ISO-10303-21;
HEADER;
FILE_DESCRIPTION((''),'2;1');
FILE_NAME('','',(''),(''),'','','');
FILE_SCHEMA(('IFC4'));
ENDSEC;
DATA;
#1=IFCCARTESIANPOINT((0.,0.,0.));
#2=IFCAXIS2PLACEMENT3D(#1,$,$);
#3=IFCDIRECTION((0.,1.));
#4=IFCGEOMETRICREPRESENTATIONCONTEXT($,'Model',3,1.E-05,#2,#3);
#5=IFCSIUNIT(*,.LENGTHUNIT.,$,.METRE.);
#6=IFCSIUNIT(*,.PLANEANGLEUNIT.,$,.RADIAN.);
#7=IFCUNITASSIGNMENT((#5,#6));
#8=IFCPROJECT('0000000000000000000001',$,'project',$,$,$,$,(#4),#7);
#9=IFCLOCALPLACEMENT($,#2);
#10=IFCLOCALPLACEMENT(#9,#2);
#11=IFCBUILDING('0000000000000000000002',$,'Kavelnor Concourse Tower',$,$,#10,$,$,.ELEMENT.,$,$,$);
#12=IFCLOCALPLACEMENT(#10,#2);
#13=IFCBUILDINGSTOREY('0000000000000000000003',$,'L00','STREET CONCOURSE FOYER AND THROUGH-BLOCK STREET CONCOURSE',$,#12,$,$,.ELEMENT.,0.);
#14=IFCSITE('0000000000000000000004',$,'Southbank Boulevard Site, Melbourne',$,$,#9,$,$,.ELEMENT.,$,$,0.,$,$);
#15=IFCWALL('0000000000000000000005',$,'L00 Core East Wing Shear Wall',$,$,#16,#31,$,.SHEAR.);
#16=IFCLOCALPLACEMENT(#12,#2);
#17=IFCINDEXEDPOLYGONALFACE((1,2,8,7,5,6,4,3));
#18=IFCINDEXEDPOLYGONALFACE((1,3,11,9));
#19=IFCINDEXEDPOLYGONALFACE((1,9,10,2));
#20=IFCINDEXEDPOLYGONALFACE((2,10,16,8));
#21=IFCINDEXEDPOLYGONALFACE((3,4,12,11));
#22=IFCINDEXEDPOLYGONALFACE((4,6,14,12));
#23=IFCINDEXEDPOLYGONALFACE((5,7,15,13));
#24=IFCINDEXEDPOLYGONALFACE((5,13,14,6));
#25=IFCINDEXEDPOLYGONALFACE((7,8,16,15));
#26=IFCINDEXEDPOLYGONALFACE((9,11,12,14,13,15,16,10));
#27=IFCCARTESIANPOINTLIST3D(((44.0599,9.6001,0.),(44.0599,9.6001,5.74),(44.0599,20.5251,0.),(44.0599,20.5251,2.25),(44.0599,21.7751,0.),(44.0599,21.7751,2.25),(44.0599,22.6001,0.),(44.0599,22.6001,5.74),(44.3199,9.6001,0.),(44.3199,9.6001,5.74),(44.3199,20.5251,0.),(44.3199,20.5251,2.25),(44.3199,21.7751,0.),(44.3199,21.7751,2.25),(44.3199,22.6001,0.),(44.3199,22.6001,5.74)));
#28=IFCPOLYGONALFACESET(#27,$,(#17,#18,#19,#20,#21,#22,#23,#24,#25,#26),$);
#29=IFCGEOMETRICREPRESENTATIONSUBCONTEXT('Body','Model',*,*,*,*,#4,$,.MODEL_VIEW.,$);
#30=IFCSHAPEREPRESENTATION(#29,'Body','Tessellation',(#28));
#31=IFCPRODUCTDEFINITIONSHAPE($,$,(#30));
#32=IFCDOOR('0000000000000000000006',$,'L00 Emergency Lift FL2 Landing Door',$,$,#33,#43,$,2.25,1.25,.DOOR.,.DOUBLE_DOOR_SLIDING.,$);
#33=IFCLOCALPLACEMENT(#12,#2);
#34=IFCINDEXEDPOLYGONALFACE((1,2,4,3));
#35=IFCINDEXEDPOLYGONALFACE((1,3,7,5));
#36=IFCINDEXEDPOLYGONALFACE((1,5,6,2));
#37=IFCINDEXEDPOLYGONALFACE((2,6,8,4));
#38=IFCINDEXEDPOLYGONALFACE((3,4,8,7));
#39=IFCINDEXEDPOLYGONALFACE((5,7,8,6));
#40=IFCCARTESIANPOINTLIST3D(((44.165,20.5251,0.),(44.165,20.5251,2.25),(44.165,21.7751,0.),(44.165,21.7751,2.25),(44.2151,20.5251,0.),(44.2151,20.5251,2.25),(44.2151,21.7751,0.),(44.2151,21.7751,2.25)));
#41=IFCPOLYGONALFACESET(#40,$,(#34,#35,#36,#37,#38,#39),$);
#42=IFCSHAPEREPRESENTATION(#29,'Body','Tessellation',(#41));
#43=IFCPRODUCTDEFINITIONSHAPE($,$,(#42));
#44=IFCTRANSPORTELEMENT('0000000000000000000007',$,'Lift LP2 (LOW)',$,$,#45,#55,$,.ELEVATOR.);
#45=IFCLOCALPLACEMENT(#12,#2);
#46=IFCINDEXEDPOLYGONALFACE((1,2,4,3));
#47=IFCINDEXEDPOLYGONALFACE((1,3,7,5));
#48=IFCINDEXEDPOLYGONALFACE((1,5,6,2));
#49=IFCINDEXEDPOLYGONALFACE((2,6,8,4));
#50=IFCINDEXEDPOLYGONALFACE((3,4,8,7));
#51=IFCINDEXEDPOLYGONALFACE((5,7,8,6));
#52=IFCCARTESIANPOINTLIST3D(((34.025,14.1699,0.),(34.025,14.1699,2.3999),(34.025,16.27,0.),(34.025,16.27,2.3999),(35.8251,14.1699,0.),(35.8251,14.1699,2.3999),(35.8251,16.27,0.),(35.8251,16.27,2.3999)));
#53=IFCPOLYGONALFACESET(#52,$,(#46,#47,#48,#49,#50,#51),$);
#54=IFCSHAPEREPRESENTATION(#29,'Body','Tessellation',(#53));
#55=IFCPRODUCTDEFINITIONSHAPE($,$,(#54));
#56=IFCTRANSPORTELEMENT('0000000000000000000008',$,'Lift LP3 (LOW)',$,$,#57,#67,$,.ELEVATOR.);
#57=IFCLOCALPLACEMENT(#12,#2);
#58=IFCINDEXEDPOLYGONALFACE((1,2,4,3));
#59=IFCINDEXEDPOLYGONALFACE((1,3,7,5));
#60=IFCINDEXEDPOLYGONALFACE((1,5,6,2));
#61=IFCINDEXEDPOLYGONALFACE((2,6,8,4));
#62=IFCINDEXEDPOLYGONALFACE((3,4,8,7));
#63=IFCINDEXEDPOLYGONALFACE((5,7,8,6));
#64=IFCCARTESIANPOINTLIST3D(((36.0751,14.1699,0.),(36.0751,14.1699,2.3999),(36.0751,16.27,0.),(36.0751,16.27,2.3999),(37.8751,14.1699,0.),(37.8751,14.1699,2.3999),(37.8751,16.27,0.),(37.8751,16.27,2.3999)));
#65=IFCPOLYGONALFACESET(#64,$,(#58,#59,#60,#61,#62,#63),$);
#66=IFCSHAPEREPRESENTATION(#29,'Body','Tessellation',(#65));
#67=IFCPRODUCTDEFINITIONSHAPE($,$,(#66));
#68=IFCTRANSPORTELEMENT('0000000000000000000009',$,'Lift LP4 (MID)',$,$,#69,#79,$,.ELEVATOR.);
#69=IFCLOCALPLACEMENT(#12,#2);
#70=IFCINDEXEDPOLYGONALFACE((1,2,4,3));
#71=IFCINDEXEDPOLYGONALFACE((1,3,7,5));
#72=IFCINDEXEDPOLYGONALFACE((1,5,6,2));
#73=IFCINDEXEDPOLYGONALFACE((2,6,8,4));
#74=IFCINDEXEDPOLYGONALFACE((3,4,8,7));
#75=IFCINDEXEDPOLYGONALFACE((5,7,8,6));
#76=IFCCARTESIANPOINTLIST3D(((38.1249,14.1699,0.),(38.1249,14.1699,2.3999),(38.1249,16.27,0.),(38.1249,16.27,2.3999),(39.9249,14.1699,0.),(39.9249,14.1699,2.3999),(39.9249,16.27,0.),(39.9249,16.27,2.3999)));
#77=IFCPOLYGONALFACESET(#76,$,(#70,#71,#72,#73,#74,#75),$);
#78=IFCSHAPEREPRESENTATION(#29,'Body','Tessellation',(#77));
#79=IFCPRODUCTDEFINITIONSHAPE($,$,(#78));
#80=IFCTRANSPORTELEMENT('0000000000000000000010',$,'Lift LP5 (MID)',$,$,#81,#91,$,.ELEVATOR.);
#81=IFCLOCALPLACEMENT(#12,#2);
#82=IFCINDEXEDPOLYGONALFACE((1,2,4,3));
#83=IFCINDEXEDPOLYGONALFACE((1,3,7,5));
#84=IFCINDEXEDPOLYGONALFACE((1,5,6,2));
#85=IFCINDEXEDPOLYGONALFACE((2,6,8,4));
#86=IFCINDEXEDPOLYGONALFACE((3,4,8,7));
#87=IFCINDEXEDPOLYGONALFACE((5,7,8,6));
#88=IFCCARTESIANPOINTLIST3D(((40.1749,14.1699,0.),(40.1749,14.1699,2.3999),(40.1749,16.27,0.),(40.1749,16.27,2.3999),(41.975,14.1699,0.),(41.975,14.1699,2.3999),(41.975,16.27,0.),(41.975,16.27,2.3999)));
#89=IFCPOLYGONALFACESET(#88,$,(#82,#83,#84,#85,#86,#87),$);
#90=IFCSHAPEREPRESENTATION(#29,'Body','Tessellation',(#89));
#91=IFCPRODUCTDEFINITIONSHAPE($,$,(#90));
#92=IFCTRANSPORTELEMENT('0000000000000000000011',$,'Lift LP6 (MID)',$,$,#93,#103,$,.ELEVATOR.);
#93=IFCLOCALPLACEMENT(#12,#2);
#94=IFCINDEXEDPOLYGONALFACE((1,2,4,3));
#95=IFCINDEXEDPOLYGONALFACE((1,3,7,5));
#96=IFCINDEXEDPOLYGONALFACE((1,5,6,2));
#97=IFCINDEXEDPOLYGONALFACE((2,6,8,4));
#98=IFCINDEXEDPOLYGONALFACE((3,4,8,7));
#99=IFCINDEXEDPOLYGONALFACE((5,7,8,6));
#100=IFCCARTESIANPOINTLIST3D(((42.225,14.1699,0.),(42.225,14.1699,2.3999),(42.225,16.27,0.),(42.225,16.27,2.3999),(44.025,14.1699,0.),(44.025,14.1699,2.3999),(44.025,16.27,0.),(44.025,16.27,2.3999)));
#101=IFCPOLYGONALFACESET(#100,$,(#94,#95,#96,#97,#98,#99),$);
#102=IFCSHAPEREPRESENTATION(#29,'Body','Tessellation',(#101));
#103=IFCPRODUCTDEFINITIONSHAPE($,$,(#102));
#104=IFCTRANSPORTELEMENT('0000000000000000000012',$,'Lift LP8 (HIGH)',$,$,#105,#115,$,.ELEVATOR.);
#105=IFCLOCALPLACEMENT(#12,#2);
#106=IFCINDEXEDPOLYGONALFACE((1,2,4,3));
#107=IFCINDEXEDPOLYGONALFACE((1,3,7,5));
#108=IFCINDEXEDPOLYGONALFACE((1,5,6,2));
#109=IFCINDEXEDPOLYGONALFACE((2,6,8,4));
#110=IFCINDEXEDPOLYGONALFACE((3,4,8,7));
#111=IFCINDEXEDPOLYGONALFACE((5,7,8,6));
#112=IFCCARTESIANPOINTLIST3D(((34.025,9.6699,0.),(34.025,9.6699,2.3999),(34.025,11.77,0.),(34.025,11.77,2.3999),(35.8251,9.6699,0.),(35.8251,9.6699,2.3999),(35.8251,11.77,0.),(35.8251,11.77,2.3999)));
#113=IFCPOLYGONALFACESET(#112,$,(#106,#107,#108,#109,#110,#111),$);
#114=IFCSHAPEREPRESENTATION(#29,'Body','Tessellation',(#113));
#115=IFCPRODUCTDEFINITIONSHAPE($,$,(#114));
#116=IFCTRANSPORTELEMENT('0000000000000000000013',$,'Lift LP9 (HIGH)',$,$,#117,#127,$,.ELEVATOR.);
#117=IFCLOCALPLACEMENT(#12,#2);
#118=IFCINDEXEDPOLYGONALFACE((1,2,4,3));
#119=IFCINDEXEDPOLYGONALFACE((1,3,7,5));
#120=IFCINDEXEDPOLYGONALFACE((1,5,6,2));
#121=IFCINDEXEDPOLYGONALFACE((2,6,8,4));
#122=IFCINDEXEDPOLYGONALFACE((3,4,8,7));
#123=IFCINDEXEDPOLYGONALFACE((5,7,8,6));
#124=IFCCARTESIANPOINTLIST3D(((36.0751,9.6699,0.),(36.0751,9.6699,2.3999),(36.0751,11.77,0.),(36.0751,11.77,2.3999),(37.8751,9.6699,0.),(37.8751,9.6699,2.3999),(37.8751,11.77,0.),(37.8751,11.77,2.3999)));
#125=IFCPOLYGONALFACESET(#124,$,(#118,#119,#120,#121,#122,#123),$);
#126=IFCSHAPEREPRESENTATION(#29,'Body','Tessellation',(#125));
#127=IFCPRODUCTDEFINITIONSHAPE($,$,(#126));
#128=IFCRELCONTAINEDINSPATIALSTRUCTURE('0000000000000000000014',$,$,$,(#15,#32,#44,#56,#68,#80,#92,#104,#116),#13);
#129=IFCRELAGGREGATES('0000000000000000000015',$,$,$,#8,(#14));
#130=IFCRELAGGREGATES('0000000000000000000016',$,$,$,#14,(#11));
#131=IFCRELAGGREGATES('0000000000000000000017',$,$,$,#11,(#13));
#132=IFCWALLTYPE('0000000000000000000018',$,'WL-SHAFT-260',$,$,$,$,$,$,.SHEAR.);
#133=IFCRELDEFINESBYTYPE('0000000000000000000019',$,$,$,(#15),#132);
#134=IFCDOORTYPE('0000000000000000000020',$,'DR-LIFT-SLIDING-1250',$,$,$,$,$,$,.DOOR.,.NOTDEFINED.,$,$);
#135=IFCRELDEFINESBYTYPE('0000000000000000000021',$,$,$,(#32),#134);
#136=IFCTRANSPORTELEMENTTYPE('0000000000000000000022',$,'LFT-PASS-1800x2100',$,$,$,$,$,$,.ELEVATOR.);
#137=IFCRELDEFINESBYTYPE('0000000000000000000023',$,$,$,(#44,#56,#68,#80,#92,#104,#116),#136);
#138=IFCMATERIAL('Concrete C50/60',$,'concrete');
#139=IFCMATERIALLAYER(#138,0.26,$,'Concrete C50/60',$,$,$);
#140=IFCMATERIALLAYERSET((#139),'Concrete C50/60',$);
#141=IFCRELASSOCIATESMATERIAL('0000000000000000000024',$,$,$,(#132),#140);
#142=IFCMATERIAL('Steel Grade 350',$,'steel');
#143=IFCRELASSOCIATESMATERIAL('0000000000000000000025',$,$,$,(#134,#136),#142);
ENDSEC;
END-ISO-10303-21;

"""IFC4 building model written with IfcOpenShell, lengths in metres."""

from ifc_helpers import new_model, si_unit, direction, frame, frame_2d, origin, origin_2d, place, context, subcontext, project, spatial, rectangle, extrude, material, layer, layer_set, type_object, element, fill, save


model = new_model("IFC4")

# Units and contexts
model_context = context("Model", 3, precision=1e-05, world=origin(), true_north=direction((0.0, 1.0)))
body_context = subcontext(model_context, "Body", "Model", "MODEL_VIEW")
ifc_project = project(units=[si_unit("LENGTHUNIT", "METRE"), si_unit("PLANEANGLEUNIT", "RADIAN")], contexts=[model_context])

# Site, building, storey
site_placement = place(None, origin())
site = spatial("IfcSite", under=ifc_project, at=site_placement, Name="Southbank Boulevard Site, Melbourne", CompositionType="ELEMENT", RefElevation=0.0)
building_placement = place(site_placement, origin())
building = spatial("IfcBuilding", under=site, at=building_placement, Name="Kavelnor Concourse Tower", CompositionType="ELEMENT")
storey_placement = place(building_placement, origin())
storey = spatial("IfcBuildingStorey", under=building, at=storey_placement, Name="L00", Description="STREET CONCOURSE FOYER AND THROUGH-BLOCK STREET CONCOURSE", CompositionType="ELEMENT", Elevation=0.0)

# Shared definitions
ifc_material_1 = material(Name="Steel Grade 350", Category="steel")

# Shared definitions
ifc_material_2 = material(Name="Concrete C50/60", Category="concrete")

# Wall, opening, door
ifc_layer_1 = layer(ifc_material_2, 0.26, Name="Concrete C50/60")
ifc_layer_set_1 = layer_set([ifc_layer_1], Name="Concrete C50/60")
wall_type_1 = type_object("IfcWallType", Name="WL-SHAFT-260", PredefinedType="SHEAR", material=ifc_layer_set_1)
wall_1_placement = place(storey_placement, frame((44.1899, 9.6001, 0.0), z_axis=(0.0, 0.0, 1.0), x_axis=(0.0, 1.0, 0.0)))
wall_1 = element("IfcWall", 1, at=wall_1_placement, inside=storey, type_object=wall_type_1, Name="L00 Core East Wing Shear Wall", PredefinedType="SHEAR", context=body_context, shape_type="SweptSolid", body=[
    extrude(rectangle(XDim=13.0, YDim=0.26, at=frame_2d((6.5, 0.0))), origin(), (0.0, 0.0, 1.0), 5.74),
])
opening_1_placement = place(wall_1_placement, frame((10.925, 0.0, 0.0)))
opening_1 = element("IfcOpeningElement", 2, at=opening_1_placement, cuts=wall_1, PredefinedType="OPENING", context=body_context, shape_type="SweptSolid", body=[
    extrude(rectangle(XDim=1.25, YDim=2.25, at=frame_2d((0.625, 1.125))), frame((0.0, 0.1401, 0.0), z_axis=(0.0, -1.0, 0.0), x_axis=(1.0, 0.0, 0.0)), (0.0, 0.0, 1.0), 0.28),
])
door_type_1 = type_object("IfcDoorType", Name="DR-LIFT-SLIDING-1250", OperationType="NOTDEFINED", PredefinedType="DOOR", material=ifc_material_1)
door_1_placement = place(opening_1_placement, origin())
door_1 = element("IfcDoor", 3, at=door_1_placement, inside=storey, type_object=door_type_1, Name="L00 Emergency Lift FL2 Landing Door", OperationType="DOUBLE_DOOR_SLIDING", OverallHeight=2.25, OverallWidth=1.25, PredefinedType="DOOR", context=body_context, shape_type="SweptSolid", body=[
    extrude(rectangle(XDim=1.25, YDim=2.25, at=frame_2d((0.625, 1.125))), frame((0.0, 0.0249, 0.0), z_axis=(0.0, -1.0, 0.0), x_axis=(1.0, 0.0, 0.0)), (0.0, 0.0, 1.0), 0.05),
])
fill(opening_1, door_1)

# Transport elements
transport_element_type = type_object("IfcTransportElementType", Name="LFT-PASS-1800x2100", PredefinedType="ELEVATOR", material=ifc_material_1)
for number, where, z_axis, x_axis, name in (
    (4, (34.925, 15.22, 0.0), (0.0, 0.0, 1.0), (1.0, 0.0, 0.0), "Lift LP2 (LOW)"),
    (5, (36.9751, 15.22, 0.0), (0.0, 0.0, 1.0), (1.0, 0.0, 0.0), "Lift LP3 (LOW)"),
    (6, (39.0249, 15.22, 0.0), (0.0, 0.0, 1.0), (1.0, 0.0, 0.0), "Lift LP4 (MID)"),
    (7, (41.075, 15.22, 0.0), (0.0, 0.0, 1.0), (1.0, 0.0, 0.0), "Lift LP5 (MID)"),
    (8, (43.125, 15.22, 0.0), (0.0, 0.0, 1.0), (1.0, 0.0, 0.0), "Lift LP6 (MID)"),
    (9, (34.925, 10.72, 0.0), (0.0, 0.0, 1.0), (1.0, 0.0, 0.0), "Lift LP8 (HIGH)"),
    (10, (36.9751, 10.72, 0.0), (0.0, 0.0, 1.0), (1.0, 0.0, 0.0), "Lift LP9 (HIGH)"),
):
    element("IfcTransportElement", number, at=place(storey_placement, frame(where, z_axis=z_axis, x_axis=x_axis)), inside=storey, type_object=transport_element_type, Name=name, PredefinedType="ELEVATOR", context=body_context, shape_type="SweptSolid", body=[
        extrude(rectangle(XDim=1.8, YDim=2.1001, at=origin_2d()), origin(), (0.0, 0.0, 1.0), 2.3999),
    ])

save(model, "model.ifc")
